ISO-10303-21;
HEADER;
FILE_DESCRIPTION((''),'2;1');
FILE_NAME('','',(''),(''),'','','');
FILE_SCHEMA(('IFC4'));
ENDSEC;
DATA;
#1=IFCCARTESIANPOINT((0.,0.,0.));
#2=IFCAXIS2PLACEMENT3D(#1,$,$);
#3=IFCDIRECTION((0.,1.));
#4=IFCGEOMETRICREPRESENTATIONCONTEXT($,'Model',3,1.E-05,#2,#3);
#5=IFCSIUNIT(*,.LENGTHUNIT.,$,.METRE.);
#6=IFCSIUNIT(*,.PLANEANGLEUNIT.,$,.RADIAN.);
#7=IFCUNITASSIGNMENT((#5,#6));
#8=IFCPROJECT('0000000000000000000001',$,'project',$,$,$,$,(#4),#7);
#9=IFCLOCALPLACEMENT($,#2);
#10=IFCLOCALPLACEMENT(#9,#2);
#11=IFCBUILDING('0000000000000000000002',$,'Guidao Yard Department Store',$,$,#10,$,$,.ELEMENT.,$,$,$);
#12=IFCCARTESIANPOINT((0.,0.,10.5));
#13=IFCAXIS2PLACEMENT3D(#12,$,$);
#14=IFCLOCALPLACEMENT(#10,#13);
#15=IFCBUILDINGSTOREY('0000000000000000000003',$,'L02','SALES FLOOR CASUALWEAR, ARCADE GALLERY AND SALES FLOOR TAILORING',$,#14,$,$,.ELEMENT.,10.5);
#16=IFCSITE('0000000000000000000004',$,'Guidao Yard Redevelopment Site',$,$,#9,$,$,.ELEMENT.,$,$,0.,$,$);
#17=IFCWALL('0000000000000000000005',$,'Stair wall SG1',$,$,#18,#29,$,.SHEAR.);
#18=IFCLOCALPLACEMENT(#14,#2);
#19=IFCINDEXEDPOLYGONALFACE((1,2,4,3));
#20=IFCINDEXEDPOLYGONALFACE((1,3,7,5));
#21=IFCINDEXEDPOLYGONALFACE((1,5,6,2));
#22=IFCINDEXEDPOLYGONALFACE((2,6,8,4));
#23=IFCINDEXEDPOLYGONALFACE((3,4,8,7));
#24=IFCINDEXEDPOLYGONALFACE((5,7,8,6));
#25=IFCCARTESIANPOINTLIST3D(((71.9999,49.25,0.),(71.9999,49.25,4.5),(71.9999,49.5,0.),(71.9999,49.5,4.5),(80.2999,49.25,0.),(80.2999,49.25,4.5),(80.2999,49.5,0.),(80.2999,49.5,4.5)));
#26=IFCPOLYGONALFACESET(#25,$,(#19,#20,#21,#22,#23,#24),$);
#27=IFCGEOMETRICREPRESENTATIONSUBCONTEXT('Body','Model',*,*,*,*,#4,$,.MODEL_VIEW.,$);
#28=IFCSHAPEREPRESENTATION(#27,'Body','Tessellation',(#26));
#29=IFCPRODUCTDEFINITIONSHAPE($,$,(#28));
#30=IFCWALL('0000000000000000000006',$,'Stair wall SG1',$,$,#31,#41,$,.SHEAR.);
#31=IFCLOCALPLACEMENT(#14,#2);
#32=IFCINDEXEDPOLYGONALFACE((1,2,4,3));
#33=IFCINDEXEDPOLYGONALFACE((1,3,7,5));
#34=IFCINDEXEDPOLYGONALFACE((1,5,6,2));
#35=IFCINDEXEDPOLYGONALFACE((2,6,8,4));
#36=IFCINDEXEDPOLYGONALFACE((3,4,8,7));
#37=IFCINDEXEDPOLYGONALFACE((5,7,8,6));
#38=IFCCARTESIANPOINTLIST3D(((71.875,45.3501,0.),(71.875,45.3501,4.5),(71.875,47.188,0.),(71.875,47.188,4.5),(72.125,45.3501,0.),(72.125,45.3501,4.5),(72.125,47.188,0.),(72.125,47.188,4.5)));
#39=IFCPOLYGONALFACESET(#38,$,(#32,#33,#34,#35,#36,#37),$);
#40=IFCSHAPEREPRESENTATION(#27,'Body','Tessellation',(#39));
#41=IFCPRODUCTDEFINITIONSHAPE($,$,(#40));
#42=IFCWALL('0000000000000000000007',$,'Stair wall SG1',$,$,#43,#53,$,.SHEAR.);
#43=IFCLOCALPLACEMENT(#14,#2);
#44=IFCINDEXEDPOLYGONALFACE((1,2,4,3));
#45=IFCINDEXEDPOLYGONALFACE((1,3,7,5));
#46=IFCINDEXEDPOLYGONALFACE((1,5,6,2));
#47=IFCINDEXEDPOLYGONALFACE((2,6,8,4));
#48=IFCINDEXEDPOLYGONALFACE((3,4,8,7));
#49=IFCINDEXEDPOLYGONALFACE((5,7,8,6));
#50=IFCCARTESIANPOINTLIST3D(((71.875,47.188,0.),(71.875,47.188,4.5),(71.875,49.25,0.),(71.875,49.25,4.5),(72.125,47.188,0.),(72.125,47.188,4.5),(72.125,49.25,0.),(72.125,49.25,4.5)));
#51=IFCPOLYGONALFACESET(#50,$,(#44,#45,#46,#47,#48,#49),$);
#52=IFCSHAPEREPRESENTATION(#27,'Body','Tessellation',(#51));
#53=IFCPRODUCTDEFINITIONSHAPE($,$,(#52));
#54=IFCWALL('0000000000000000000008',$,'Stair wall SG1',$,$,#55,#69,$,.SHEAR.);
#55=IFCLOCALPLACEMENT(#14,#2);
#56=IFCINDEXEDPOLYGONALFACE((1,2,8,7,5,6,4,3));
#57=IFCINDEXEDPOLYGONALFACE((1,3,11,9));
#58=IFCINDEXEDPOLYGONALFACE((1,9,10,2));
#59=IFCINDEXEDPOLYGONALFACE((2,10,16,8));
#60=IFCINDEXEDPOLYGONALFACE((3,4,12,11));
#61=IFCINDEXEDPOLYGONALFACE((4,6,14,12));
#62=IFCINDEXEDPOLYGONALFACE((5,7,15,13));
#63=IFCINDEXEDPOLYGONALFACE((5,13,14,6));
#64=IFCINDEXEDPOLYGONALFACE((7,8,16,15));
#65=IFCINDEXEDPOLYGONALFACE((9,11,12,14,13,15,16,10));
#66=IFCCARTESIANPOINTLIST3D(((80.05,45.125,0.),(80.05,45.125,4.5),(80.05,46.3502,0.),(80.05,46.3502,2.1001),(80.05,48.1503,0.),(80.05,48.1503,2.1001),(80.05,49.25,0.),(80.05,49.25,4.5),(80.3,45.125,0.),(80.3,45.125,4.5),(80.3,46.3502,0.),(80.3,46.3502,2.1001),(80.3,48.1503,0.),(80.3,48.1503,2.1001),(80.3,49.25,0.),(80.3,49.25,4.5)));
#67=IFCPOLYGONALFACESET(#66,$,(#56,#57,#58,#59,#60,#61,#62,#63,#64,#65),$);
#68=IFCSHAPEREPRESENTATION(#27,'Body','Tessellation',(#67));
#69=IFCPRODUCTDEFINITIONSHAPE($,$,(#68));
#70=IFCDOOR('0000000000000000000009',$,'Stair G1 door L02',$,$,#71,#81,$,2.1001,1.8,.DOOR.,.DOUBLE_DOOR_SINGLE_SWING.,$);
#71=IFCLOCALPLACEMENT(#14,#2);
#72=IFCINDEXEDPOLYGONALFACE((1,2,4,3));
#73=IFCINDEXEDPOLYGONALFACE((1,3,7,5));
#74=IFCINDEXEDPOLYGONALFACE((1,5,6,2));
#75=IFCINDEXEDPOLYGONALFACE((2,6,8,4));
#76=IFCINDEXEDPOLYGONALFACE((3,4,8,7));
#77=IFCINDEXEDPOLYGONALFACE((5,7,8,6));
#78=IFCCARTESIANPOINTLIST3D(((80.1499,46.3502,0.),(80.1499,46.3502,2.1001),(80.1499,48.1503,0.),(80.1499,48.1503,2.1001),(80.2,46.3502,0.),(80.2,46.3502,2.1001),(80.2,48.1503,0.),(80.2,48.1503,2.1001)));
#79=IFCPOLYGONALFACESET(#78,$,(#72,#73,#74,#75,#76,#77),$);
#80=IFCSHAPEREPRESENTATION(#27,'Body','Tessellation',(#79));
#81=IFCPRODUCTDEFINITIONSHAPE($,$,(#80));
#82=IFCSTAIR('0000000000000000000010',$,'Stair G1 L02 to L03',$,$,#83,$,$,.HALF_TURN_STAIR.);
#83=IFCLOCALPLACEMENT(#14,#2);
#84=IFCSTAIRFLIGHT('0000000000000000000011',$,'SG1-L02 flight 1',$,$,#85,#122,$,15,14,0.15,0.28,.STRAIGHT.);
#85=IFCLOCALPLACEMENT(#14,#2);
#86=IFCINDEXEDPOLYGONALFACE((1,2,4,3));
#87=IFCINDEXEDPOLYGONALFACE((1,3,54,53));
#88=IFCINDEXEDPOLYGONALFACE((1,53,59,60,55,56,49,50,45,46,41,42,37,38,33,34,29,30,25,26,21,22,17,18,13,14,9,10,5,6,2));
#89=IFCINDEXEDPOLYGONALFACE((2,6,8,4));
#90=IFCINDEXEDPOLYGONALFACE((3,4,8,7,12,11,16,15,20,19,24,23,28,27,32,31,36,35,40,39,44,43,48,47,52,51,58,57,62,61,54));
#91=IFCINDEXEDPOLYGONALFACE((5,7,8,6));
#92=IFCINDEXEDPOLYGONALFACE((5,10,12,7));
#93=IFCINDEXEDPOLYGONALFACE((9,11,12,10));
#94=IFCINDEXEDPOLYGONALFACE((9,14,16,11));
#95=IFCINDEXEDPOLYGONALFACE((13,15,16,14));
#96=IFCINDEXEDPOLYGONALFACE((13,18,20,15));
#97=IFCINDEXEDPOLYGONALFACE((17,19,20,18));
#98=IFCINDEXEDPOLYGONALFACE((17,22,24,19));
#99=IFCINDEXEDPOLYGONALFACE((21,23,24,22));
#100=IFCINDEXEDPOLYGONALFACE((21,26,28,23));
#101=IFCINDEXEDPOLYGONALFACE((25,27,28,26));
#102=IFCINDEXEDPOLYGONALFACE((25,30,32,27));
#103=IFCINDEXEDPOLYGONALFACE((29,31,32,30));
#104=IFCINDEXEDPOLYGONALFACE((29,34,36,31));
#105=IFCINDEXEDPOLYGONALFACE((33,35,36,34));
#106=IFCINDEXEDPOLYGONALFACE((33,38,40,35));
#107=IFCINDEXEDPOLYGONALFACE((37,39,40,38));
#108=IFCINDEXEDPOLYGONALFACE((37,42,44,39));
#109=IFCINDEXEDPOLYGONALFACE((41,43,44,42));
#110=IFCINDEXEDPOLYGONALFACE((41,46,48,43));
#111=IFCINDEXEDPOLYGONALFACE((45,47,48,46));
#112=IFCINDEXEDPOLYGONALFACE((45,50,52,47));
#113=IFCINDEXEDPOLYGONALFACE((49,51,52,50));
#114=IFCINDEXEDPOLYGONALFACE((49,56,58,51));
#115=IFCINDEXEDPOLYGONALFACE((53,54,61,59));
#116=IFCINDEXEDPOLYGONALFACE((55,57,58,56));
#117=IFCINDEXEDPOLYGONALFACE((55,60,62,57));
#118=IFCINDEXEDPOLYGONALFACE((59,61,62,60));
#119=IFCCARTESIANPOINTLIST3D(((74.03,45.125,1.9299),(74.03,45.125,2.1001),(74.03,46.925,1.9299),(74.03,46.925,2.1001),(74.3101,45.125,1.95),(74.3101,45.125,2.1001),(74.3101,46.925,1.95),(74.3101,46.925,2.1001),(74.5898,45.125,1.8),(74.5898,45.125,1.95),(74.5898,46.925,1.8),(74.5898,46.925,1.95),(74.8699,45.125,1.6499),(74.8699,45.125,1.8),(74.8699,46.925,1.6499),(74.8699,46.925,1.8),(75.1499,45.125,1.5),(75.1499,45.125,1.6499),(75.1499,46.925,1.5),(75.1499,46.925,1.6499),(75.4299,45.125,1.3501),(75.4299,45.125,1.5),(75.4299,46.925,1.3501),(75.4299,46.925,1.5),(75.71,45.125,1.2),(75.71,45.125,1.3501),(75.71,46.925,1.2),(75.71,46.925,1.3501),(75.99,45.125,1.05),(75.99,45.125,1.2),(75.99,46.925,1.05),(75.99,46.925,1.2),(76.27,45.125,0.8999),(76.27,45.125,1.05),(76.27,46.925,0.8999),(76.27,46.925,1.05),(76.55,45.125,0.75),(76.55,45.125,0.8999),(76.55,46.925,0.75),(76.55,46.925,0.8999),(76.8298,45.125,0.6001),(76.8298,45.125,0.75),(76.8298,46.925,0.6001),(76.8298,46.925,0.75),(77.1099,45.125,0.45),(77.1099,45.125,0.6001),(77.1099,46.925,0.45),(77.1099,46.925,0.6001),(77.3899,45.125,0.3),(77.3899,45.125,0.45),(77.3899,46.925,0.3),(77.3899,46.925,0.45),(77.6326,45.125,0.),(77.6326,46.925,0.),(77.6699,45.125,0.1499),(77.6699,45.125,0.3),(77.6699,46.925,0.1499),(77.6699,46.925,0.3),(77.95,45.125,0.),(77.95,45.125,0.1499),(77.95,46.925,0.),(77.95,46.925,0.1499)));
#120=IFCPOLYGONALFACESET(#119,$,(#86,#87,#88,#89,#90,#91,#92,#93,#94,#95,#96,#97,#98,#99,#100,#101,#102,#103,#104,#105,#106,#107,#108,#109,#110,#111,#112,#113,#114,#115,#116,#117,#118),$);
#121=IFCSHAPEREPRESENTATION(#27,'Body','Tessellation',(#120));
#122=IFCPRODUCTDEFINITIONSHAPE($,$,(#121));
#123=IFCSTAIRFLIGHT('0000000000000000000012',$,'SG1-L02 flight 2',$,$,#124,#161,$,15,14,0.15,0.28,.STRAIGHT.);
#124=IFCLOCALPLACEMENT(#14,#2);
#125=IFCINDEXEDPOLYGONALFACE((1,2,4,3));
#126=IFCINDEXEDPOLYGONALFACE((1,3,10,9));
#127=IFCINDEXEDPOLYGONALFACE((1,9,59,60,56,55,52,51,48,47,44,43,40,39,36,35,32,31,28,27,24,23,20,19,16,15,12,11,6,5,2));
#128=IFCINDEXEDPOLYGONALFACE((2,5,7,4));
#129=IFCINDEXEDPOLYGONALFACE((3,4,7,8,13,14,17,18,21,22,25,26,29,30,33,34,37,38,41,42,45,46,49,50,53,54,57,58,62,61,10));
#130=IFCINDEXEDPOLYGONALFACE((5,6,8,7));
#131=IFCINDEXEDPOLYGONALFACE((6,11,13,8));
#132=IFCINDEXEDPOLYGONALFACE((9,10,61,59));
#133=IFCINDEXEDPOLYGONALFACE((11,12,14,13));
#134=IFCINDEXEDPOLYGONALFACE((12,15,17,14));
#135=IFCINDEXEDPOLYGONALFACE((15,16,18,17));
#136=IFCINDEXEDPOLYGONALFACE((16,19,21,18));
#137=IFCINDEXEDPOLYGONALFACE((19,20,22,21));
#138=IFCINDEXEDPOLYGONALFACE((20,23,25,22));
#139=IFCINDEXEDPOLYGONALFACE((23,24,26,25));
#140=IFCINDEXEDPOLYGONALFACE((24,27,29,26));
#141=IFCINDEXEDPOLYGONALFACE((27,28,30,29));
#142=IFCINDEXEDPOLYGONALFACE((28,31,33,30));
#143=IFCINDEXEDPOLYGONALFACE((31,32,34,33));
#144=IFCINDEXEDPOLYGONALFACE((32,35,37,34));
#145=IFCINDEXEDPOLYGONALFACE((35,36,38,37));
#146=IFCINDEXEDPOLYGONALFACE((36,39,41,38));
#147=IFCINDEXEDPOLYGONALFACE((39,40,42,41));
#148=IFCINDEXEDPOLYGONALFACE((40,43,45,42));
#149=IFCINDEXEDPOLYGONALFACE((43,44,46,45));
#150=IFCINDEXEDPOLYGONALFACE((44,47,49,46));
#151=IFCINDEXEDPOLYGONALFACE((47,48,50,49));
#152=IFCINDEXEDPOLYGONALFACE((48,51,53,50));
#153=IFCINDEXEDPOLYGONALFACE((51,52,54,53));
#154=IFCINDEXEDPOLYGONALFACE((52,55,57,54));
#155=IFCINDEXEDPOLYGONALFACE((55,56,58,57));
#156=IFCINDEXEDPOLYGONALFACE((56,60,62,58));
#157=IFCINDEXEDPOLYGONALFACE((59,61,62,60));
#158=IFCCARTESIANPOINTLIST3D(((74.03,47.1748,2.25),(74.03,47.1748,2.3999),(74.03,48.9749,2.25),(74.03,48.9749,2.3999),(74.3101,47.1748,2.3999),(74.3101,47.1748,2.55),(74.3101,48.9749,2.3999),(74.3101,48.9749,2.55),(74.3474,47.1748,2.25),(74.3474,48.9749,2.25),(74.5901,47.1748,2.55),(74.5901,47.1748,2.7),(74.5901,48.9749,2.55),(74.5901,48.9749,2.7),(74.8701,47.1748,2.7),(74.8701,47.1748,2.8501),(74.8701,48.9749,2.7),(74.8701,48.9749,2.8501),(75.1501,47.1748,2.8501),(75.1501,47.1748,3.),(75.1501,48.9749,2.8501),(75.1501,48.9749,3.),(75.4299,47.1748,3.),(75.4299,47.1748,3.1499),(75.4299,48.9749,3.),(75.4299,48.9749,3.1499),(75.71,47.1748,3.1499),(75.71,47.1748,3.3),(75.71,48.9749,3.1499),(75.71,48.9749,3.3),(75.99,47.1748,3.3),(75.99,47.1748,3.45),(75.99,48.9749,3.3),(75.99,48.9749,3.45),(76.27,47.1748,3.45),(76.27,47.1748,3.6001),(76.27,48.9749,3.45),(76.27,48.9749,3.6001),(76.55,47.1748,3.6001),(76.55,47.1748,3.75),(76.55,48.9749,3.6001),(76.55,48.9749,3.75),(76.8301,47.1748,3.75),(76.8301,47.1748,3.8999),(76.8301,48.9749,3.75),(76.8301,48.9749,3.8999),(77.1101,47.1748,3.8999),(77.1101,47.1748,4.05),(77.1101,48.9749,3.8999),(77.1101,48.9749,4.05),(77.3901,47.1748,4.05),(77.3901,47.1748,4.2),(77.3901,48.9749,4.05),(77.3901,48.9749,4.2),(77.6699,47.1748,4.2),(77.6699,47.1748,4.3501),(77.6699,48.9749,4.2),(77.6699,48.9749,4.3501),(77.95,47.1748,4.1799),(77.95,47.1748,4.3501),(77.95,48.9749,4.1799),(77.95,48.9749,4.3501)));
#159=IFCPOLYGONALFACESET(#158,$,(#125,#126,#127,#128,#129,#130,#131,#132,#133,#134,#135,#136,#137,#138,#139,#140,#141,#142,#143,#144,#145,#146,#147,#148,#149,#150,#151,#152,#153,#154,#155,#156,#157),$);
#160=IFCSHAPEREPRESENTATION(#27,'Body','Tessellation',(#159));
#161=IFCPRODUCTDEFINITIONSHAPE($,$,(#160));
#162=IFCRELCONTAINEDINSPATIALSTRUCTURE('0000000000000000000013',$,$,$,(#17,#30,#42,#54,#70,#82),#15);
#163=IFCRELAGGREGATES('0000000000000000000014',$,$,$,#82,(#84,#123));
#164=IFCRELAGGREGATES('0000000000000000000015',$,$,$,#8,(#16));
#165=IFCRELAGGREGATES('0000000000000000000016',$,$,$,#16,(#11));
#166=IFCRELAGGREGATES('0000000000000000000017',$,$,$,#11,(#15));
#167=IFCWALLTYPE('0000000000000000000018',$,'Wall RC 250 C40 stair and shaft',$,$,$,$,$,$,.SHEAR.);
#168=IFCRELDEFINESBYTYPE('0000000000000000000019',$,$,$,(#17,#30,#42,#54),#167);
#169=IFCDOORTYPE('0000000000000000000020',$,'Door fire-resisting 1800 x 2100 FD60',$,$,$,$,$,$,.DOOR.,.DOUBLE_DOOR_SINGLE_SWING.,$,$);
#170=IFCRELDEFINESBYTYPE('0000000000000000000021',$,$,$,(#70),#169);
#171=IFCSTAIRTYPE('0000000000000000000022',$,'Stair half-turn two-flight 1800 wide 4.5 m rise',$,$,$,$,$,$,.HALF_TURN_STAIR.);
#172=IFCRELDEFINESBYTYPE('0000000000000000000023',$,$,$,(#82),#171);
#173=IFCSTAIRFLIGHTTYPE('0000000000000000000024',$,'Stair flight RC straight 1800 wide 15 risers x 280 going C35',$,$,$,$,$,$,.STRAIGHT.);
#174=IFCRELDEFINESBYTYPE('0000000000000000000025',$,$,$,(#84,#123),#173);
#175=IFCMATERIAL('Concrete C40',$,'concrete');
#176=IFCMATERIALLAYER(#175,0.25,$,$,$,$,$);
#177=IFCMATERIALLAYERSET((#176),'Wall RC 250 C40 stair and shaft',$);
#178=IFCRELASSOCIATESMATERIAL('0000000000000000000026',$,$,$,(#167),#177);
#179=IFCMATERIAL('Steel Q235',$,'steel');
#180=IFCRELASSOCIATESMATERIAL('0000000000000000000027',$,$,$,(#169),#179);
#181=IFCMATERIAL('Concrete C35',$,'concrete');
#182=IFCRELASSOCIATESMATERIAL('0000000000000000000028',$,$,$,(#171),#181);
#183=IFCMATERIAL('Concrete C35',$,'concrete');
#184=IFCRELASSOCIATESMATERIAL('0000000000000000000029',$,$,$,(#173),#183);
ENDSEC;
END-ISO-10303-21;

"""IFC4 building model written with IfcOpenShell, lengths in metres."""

from ifc_helpers import new_model, si_unit, direction, frame, frame_2d, origin, place, context, subcontext, project, spatial, polyline, rectangle, outline, extrude, material, layer, layer_set, type_object, element, fill, aggregate, save


model = new_model("IFC4")

# Units and contexts
model_context = context("Model", 3, precision=1e-05, world=origin(), true_north=direction((0.0, 1.0)))
body_context = subcontext(model_context, "Body", "Model", "MODEL_VIEW")
ifc_project = project(units=[si_unit("LENGTHUNIT", "METRE"), si_unit("PLANEANGLEUNIT", "RADIAN")], contexts=[model_context])

# Site, building, storey
site_placement = place(None, origin())
site = spatial("IfcSite", under=ifc_project, at=site_placement, Name="Guidao Yard Redevelopment Site", CompositionType="ELEMENT", RefElevation=0.0)
building_placement = place(site_placement, origin())
building = spatial("IfcBuilding", under=site, at=building_placement, Name="Guidao Yard Department Store", CompositionType="ELEMENT")
storey_placement = place(building_placement, frame((0.0, 0.0, 10.5)))
storey = spatial("IfcBuildingStorey", under=building, at=storey_placement, Name="L02", Description="SALES FLOOR CASUALWEAR, ARCADE GALLERY AND SALES FLOOR TAILORING", CompositionType="ELEMENT", Elevation=10.5)

# Walls
ifc_material_1 = material(Name="Concrete C40", Category="concrete")
ifc_layer_1 = layer(ifc_material_1, 0.25)
ifc_layer_set_1 = layer_set([ifc_layer_1], Name="Wall RC 250 C40 stair and shaft")
wall_type_1 = type_object("IfcWallType", Name="Wall RC 250 C40 stair and shaft", PredefinedType="SHEAR", material=ifc_layer_set_1)
wall_1_placement = place(storey_placement, frame((72.0, 49.375, 0.0), z_axis=(0.0, 0.0, 1.0), x_axis=(1.0, 0.0, 0.0)))
element("IfcWall", 1, at=wall_1_placement, inside=storey, type_object=wall_type_1, Name="Stair wall SG1", PredefinedType="SHEAR", context=body_context, shape_type="SweptSolid", body=[
    extrude(rectangle(XDim=8.3, YDim=0.25, at=frame_2d((4.1499, 0.0))), origin(), (0.0, 0.0, 1.0), 4.5),
])
wall_2_placement = place(storey_placement, frame((72.0, 45.3501, 0.0), z_axis=(0.0, 0.0, 1.0), x_axis=(0.0, 1.0, 0.0)))
element("IfcWall", 2, at=wall_2_placement, inside=storey, type_object=wall_type_1, Name="Stair wall SG1", PredefinedType="SHEAR", context=body_context, shape_type="SweptSolid", body=[
    extrude(rectangle(XDim=1.8379, YDim=0.25, at=frame_2d((0.9189, 0.0))), origin(), (0.0, 0.0, 1.0), 4.5),
])
wall_3_placement = place(storey_placement, frame((72.0, 47.188, 0.0), z_axis=(0.0, 0.0, 1.0), x_axis=(0.0, 1.0, 0.0)))
element("IfcWall", 3, at=wall_3_placement, inside=storey, type_object=wall_type_1, Name="Stair wall SG1", PredefinedType="SHEAR", context=body_context, shape_type="SweptSolid", body=[
    extrude(rectangle(XDim=2.062, YDim=0.25, at=frame_2d((1.031, 0.0))), origin(), (0.0, 0.0, 1.0), 4.5),
])

# Wall, opening, door
wall_4_placement = place(storey_placement, frame((80.175, 45.125, 0.0), z_axis=(0.0, 0.0, 1.0), x_axis=(0.0, 1.0, 0.0)))
wall_4 = element("IfcWall", 4, at=wall_4_placement, inside=storey, type_object=wall_type_1, Name="Stair wall SG1", PredefinedType="SHEAR", context=body_context, shape_type="SweptSolid", body=[
    extrude(rectangle(XDim=4.125, YDim=0.25, at=frame_2d((2.0625, 0.0))), origin(), (0.0, 0.0, 1.0), 4.5),
])
opening_1_placement = place(wall_4_placement, frame((3.0251, 0.0, 0.0), z_axis=(0.0, 0.0, 1.0), x_axis=(-1.0, 0.0, 0.0)))
opening_1 = element("IfcOpeningElement", 5, at=opening_1_placement, cuts=wall_4, PredefinedType="OPENING", context=body_context, shape_type="SweptSolid", body=[
    extrude(rectangle(XDim=1.8, YDim=2.1001, at=frame_2d((0.8999, 1.05))), frame((0.0, 0.135, 0.0), z_axis=(0.0, -1.0, 0.0), x_axis=(1.0, 0.0, 0.0)), (0.0, 0.0, 1.0), 0.27),
])
ifc_material_2 = material(Name="Steel Q235", Category="steel")
door_type_1 = type_object("IfcDoorType", Name="Door fire-resisting 1800 x 2100 FD60", OperationType="DOUBLE_DOOR_SINGLE_SWING", PredefinedType="DOOR", material=ifc_material_2)
door_1_placement = place(opening_1_placement, origin())
door_1 = element("IfcDoor", 6, at=door_1_placement, inside=storey, type_object=door_type_1, Name="Stair G1 door L02", OperationType="DOUBLE_DOOR_SINGLE_SWING", OverallHeight=2.1001, OverallWidth=1.8, PredefinedType="DOOR", context=body_context, shape_type="SweptSolid", body=[
    extrude(rectangle(XDim=1.8, YDim=2.1001, at=frame_2d((0.8999, 1.05))), frame((0.0, 0.0249, 0.0), z_axis=(0.0, -1.0, 0.0), x_axis=(1.0, 0.0, 0.0)), (0.0, 0.0, 1.0), 0.05),
])
fill(opening_1, door_1)

# Stair, stair flights
ifc_material_3 = material(Name="Concrete C35", Category="concrete")
stair_type = type_object("IfcStairType", Name="Stair half-turn two-flight 1800 wide 4.5 m rise", PredefinedType="HALF_TURN_STAIR", material=ifc_material_3)
stair_placement = place(storey_placement, origin())
stair = element("IfcStair", 7, at=stair_placement, inside=storey, type_object=stair_type, Name="Stair G1 L02 to L03", PredefinedType="HALF_TURN_STAIR")
ifc_material_4 = material(Name="Concrete C35", Category="concrete")
stair_flight_type = type_object("IfcStairFlightType", Name="Stair flight RC straight 1800 wide 15 risers x 280 going C35", PredefinedType="STRAIGHT", material=ifc_material_4)
stair_flight_1_placement = place(storey_placement, frame((77.95, 46.0249, 0.0), z_axis=(0.0, 0.0, 1.0), x_axis=(-1.0, 0.0, 0.0)))
stair_flight_1 = element("IfcStairFlight", 8, at=stair_flight_1_placement, type_object=stair_flight_type, Name="SG1-L02 flight 1", NumberOfRisers=15, NumberOfTreads=14, PredefinedType="STRAIGHT", RiserHeight=0.15, TreadLength=0.28, context=body_context, shape_type="SweptSolid", body=[
    extrude(outline(polyline([(0.0, 0.0), (0.0, 0.1499), (0.28, 0.1499), (0.28, 0.3), (0.5601, 0.3), (0.5601, 0.45), (0.8401, 0.45), (0.8401, 0.6001), (1.1201, 0.6001), (1.1201, 0.75), (1.3999, 0.75), (1.3999, 0.8999), (1.6799, 0.8999), (1.6799, 1.05), (1.96, 1.05), (1.96, 1.2), (2.24, 1.2), (2.24, 1.3501), (2.52, 1.3501), (2.52, 1.5), (2.8, 1.5), (2.8, 1.6499), (3.0801, 1.6499), (3.0801, 1.8), (3.3601, 1.8), (3.3601, 1.95), (3.6399, 1.95), (3.6399, 2.1001), (3.9199, 2.1001), (3.9199, 2.25), (3.9199, 1.9299), (0.3174, 0.0), (0.0, 0.0)])), frame((0.0, 0.8999, 0.0), z_axis=(0.0, -1.0, 0.0), x_axis=(1.0, 0.0, 0.0)), (0.0, 0.0, 1.0), 1.8),
])
stair_flight_2_placement = place(storey_placement, frame((74.03, 48.075, 2.25), z_axis=(0.0, 0.0, 1.0), x_axis=(1.0, 0.0, 0.0)))
stair_flight_2 = element("IfcStairFlight", 9, at=stair_flight_2_placement, type_object=stair_flight_type, Name="SG1-L02 flight 2", NumberOfRisers=15, NumberOfTreads=14, PredefinedType="STRAIGHT", RiserHeight=0.15, TreadLength=0.28, context=body_context, shape_type="SweptSolid", body=[
    extrude(outline(polyline([(0.0, 0.0), (0.0, 0.1499), (0.28, 0.1499), (0.28, 0.3), (0.5601, 0.3), (0.5601, 0.45), (0.8401, 0.45), (0.8401, 0.6001), (1.1201, 0.6001), (1.1201, 0.75), (1.3999, 0.75), (1.3999, 0.8999), (1.6799, 0.8999), (1.6799, 1.05), (1.96, 1.05), (1.96, 1.2), (2.24, 1.2), (2.24, 1.3501), (2.52, 1.3501), (2.52, 1.5), (2.8, 1.5), (2.8, 1.6499), (3.0801, 1.6499), (3.0801, 1.8), (3.3601, 1.8), (3.3601, 1.95), (3.6399, 1.95), (3.6399, 2.1001), (3.9199, 2.1001), (3.9199, 2.25), (3.9199, 1.9299), (0.3174, 0.0), (0.0, 0.0)])), frame((0.0, 0.8999, 0.0), z_axis=(0.0, -1.0, 0.0), x_axis=(1.0, 0.0, 0.0)), (0.0, 0.0, 1.0), 1.8),
])
aggregate(stair, [stair_flight_1, stair_flight_2])

save(model, "model.ifc")
